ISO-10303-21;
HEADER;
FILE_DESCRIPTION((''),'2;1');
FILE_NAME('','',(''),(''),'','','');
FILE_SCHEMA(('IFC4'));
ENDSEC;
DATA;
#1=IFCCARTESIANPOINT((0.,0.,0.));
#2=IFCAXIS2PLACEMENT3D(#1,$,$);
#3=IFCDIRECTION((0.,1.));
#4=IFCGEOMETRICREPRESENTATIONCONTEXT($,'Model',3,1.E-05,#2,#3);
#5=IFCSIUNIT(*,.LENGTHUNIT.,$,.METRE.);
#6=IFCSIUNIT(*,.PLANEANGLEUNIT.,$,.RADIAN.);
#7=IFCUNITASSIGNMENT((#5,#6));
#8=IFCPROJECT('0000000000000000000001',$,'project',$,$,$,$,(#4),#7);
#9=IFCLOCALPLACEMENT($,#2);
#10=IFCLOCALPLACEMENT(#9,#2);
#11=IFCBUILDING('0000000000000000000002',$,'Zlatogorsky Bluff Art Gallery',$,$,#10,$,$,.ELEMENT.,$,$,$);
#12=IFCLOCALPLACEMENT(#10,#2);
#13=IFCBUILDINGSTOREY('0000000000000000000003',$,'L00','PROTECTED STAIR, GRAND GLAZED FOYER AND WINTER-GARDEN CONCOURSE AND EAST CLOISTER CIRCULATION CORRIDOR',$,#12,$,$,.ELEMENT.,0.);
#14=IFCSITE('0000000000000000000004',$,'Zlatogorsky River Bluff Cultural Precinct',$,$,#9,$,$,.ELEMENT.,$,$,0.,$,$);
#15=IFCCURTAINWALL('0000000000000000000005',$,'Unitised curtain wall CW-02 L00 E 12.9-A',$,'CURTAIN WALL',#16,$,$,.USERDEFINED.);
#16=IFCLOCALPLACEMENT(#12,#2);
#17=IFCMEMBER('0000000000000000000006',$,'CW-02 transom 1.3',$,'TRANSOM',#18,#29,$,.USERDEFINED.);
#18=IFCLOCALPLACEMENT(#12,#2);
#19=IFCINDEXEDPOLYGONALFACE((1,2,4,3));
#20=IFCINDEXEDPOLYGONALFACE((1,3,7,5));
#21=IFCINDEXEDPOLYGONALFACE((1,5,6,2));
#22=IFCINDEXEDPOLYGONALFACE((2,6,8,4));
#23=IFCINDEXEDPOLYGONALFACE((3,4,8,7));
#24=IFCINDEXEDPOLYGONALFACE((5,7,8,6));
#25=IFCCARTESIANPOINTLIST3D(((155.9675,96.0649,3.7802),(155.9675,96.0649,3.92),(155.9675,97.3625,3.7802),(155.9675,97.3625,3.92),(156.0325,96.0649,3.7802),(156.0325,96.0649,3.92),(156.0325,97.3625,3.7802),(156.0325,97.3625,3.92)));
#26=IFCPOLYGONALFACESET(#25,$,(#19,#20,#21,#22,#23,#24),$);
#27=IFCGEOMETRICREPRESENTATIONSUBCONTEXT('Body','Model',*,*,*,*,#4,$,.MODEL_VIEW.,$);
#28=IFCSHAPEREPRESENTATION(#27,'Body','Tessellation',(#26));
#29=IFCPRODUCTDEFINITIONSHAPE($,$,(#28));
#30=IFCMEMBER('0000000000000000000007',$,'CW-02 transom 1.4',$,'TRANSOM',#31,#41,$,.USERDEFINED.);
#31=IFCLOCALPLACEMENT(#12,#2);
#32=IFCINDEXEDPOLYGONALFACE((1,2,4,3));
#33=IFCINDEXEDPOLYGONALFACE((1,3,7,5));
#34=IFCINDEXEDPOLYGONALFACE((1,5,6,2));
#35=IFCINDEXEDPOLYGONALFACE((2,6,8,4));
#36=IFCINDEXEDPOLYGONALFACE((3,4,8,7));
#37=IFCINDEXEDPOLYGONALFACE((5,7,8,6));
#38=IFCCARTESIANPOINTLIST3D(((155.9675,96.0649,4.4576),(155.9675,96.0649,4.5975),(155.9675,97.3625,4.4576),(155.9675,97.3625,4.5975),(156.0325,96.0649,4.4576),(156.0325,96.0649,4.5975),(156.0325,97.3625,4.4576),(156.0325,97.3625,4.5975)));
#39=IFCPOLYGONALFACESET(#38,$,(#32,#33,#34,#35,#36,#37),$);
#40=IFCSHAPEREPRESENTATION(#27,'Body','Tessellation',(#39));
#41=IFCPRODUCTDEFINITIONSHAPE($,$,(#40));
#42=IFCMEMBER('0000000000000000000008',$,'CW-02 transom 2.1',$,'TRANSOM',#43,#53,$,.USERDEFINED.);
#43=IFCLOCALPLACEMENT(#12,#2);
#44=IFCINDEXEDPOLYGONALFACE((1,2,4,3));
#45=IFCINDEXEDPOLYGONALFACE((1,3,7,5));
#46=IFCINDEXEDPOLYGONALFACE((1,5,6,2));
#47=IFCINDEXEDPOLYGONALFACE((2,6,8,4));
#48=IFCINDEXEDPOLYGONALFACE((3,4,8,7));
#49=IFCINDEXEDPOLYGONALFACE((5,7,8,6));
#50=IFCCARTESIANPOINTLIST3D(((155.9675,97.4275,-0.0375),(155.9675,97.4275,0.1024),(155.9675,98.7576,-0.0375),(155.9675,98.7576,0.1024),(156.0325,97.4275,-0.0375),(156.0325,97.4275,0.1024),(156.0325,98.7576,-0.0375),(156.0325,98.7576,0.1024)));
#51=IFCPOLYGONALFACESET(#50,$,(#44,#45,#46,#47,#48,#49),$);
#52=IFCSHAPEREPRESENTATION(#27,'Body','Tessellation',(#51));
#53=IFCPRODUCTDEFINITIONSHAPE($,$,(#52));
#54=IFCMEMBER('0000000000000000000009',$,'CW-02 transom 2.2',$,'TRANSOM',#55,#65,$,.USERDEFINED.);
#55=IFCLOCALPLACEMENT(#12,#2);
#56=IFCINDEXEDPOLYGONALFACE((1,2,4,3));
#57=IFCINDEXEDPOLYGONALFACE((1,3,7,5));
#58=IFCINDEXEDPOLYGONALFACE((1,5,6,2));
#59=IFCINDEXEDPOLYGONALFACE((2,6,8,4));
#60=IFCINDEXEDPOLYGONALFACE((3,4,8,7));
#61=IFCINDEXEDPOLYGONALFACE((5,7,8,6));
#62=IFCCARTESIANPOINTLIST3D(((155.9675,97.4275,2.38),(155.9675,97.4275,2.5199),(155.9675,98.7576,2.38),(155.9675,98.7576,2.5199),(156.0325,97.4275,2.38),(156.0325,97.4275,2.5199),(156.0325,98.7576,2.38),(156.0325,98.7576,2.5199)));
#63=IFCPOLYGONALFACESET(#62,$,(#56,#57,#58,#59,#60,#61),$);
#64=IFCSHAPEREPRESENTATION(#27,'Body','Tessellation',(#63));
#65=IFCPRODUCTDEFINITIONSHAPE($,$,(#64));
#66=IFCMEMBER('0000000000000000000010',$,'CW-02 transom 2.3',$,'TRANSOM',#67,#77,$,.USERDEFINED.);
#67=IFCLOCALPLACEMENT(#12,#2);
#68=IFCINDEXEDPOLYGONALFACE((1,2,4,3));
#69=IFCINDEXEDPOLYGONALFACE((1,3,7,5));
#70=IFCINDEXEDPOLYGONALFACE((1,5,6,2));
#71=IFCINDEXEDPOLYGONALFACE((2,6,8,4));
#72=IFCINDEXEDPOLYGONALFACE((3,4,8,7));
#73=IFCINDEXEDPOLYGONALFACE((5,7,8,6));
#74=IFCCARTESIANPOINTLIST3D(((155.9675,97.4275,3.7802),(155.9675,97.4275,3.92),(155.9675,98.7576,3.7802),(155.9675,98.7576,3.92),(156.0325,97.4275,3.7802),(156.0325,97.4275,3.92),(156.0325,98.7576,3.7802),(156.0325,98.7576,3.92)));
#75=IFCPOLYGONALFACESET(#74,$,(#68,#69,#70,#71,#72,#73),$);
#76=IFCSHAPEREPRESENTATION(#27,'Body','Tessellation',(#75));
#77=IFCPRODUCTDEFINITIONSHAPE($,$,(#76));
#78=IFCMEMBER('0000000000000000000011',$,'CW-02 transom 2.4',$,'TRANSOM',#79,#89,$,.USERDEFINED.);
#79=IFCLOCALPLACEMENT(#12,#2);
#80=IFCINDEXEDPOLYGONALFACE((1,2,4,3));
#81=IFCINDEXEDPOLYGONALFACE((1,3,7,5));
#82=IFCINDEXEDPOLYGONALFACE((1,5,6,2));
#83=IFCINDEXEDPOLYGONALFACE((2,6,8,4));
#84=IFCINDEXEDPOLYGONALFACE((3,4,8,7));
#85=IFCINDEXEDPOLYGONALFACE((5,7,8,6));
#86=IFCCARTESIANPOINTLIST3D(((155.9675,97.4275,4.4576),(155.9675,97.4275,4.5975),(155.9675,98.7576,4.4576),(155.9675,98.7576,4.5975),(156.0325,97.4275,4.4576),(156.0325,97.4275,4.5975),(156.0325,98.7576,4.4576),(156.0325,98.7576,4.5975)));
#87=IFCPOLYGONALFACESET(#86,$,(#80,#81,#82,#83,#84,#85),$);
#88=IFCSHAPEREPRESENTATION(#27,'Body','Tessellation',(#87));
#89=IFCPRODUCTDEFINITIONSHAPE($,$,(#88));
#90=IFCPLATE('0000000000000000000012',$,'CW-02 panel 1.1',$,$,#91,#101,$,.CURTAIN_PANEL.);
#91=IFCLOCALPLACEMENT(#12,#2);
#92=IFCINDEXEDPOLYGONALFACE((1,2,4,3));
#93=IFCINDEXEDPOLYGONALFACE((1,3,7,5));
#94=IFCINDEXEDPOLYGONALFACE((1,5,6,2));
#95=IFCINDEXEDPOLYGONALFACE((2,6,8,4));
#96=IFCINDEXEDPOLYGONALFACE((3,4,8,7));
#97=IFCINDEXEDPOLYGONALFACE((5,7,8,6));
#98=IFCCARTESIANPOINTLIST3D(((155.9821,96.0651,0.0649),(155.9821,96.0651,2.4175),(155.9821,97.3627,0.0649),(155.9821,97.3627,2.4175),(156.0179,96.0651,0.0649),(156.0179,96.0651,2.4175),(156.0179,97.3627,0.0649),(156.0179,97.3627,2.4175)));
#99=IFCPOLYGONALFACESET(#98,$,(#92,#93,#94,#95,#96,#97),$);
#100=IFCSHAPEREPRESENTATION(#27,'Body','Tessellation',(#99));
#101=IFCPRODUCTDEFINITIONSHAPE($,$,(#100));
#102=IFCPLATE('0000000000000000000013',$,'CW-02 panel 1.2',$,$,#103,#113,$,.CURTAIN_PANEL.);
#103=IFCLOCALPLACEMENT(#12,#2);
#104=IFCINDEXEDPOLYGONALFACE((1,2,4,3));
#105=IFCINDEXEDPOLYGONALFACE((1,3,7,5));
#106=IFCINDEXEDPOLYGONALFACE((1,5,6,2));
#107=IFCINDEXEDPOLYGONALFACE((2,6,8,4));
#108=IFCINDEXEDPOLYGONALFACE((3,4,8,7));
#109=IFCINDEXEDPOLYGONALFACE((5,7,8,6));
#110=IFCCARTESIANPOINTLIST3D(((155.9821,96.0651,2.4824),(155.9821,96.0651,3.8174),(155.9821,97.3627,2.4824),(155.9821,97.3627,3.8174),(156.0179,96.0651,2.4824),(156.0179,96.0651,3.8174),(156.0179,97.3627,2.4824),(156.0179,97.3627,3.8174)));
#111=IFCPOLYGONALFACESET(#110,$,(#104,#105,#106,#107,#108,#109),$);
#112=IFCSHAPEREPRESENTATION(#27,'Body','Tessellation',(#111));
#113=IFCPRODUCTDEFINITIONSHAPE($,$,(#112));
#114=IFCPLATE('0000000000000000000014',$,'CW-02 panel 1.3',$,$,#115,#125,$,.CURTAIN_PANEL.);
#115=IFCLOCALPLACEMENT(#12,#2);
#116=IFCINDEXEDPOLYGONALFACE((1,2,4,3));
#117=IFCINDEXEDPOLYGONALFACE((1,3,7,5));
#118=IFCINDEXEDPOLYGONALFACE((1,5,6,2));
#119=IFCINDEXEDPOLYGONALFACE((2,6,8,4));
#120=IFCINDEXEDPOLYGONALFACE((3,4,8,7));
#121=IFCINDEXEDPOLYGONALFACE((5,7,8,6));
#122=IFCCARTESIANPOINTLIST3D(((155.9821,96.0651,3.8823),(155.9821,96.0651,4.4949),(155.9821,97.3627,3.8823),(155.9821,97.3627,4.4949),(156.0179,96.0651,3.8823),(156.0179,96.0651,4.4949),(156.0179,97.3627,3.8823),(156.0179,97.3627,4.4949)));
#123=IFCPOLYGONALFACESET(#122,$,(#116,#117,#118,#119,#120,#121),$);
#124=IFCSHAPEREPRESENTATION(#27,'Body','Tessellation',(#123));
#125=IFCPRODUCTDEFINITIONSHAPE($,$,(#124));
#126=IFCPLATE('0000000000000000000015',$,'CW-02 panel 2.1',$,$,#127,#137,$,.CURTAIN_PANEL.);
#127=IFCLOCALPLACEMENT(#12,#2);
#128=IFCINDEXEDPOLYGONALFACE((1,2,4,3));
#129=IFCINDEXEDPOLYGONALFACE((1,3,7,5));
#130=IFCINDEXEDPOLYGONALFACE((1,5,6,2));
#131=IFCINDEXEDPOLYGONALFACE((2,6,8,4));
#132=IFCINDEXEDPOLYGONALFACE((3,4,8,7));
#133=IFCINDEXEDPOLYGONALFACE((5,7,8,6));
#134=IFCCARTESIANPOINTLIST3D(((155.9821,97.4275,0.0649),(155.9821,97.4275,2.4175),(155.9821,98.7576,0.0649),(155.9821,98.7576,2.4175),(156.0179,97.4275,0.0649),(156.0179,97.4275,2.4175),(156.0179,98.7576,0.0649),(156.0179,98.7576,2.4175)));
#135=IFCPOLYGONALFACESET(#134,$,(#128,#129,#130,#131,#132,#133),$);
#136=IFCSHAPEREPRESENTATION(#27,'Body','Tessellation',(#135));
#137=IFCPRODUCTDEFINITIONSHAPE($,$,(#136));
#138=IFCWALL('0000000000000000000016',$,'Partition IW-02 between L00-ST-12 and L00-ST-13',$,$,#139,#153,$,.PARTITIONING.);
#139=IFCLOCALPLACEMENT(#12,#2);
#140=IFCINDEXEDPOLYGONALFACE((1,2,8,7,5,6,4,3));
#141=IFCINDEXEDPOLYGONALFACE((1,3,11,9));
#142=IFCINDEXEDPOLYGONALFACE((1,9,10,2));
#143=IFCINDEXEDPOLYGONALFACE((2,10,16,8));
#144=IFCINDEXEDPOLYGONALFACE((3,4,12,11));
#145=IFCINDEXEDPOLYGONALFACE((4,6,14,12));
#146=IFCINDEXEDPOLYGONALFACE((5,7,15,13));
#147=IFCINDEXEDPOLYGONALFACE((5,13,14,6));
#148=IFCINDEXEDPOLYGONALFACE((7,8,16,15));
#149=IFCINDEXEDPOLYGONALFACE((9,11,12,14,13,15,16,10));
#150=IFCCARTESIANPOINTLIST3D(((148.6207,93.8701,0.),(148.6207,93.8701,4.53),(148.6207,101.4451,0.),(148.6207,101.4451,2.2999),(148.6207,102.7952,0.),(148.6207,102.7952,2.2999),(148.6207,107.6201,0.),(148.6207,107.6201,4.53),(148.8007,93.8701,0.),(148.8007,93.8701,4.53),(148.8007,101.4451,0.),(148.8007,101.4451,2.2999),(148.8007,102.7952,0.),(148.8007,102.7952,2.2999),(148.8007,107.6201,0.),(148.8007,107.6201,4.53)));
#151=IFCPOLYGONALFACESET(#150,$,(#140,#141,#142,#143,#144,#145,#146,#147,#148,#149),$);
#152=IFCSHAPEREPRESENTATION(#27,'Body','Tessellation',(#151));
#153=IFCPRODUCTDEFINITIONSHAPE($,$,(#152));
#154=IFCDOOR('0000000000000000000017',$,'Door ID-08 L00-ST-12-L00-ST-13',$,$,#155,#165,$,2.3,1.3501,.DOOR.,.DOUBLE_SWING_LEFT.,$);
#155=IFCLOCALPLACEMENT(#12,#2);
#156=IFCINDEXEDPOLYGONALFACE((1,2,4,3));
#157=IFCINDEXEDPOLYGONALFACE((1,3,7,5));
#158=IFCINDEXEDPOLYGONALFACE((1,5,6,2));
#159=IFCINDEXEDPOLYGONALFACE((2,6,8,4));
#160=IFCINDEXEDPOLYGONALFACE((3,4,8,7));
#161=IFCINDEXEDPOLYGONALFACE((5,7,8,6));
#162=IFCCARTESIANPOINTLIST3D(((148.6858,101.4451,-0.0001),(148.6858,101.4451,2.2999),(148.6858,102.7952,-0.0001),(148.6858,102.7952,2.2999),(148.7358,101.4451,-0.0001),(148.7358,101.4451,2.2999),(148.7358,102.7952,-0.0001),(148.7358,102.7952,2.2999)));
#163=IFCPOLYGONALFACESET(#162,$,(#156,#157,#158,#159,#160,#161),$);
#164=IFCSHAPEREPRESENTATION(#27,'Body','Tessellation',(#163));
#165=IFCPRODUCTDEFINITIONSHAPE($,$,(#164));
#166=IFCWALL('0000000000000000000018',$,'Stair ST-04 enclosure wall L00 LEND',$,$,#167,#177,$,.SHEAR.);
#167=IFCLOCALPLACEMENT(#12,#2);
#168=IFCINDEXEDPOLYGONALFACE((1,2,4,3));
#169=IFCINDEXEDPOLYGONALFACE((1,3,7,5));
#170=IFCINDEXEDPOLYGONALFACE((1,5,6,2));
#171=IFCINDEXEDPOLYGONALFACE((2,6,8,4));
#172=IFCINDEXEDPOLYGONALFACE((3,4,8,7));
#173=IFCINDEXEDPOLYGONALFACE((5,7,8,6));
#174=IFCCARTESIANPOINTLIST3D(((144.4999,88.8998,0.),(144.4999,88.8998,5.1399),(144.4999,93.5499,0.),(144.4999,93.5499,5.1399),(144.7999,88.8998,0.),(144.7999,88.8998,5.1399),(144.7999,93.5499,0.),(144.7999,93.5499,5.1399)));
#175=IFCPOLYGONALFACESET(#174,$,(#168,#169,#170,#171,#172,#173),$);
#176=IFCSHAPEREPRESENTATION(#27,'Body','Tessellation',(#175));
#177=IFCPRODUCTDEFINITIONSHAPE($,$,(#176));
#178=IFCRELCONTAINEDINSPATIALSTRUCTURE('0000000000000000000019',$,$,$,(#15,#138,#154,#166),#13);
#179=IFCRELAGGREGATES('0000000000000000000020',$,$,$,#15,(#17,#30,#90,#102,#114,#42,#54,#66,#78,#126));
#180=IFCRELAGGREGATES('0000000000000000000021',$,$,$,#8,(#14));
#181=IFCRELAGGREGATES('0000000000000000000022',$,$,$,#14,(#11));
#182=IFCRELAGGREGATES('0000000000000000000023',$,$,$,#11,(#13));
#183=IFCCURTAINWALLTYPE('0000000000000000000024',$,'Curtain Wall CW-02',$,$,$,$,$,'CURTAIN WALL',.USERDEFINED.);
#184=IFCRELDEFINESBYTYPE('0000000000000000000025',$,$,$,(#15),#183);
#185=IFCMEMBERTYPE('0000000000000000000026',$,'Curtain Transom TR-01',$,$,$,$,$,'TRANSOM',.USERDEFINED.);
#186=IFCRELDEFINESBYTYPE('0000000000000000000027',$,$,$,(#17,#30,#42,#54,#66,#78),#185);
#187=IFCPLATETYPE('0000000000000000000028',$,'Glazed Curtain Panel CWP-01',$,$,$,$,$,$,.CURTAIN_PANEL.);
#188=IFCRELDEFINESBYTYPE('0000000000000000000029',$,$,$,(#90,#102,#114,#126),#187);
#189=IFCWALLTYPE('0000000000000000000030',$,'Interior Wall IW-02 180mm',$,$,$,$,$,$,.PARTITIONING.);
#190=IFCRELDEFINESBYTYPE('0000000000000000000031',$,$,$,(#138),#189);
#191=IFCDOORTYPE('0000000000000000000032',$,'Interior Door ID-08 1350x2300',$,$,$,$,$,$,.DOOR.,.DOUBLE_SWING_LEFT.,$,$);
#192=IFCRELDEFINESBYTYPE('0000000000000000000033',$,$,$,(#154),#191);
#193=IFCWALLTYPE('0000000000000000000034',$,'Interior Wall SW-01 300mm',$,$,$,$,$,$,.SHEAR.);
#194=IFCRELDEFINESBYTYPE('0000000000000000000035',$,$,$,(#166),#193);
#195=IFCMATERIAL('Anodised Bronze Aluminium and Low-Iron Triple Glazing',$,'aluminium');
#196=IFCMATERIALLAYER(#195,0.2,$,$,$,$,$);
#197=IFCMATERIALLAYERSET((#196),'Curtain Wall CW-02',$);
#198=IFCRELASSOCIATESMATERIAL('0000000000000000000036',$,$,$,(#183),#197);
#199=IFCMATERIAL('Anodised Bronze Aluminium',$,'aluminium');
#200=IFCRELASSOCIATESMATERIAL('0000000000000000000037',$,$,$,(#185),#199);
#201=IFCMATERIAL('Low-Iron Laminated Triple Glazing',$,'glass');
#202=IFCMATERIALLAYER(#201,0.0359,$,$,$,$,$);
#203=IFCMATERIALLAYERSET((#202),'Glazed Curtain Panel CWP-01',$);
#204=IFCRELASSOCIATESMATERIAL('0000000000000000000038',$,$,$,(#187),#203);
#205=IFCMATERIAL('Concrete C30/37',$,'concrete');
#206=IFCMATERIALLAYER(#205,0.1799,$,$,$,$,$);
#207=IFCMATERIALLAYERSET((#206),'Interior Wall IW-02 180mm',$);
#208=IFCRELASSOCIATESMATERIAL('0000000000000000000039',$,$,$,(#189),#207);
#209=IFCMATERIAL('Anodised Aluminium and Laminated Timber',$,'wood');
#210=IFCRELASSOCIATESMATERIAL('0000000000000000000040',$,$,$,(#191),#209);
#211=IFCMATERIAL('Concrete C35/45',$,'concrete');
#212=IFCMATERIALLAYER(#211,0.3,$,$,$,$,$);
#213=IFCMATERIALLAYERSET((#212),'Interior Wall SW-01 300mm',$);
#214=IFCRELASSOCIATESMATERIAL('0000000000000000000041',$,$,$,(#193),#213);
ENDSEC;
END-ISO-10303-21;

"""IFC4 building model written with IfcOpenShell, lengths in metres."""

from ifc_helpers import new_model, si_unit, direction, frame, frame_2d, origin, origin_2d, place, context, subcontext, project, spatial, rectangle, extrude, material, layer, layer_set, material_profile, profile_set, type_object, element, fill, aggregate, save


model = new_model("IFC4")

# Units and contexts
model_context = context("Model", 3, precision=1e-05, world=origin(), true_north=direction((0.0, 1.0)))
body_context = subcontext(model_context, "Body", "Model", "MODEL_VIEW")
ifc_project = project(units=[si_unit("LENGTHUNIT", "METRE"), si_unit("PLANEANGLEUNIT", "RADIAN")], contexts=[model_context])

# Site, building, storey
site_placement = place(None, origin())
site = spatial("IfcSite", under=ifc_project, at=site_placement, Name="Zlatogorsky River Bluff Cultural Precinct", CompositionType="ELEMENT", RefElevation=0.0)
building_placement = place(site_placement, origin())
building = spatial("IfcBuilding", under=site, at=building_placement, Name="Zlatogorsky Bluff Art Gallery", CompositionType="ELEMENT")
storey_placement = place(building_placement, origin())
storey = spatial("IfcBuildingStorey", under=building, at=storey_placement, Name="L00", Description="PROTECTED STAIR, GRAND GLAZED FOYER AND WINTER-GARDEN CONCOURSE AND EAST CLOISTER CIRCULATION CORRIDOR", CompositionType="ELEMENT", Elevation=0.0)

# Curtain wall, members, plates
ifc_material_1 = material(Name="Anodised Bronze Aluminium and Low-Iron Triple Glazing", Category="aluminium")
ifc_layer_1 = layer(ifc_material_1, 0.2)
ifc_layer_set_1 = layer_set([ifc_layer_1], Name="Curtain Wall CW-02")
curtain_wall_type = type_object("IfcCurtainWallType", Name="Curtain Wall CW-02", ElementType="CURTAIN WALL", PredefinedType="USERDEFINED", material=ifc_layer_set_1)
curtain_wall_placement = place(storey_placement, origin())
curtain_wall = element("IfcCurtainWall", 1, at=curtain_wall_placement, inside=storey, type_object=curtain_wall_type, Name="Unitised curtain wall CW-02 L00 E 12.9-A", ObjectType="CURTAIN WALL", PredefinedType="USERDEFINED")
ifc_material_2 = material(Name="Anodised Bronze Aluminium", Category="aluminium")
ifc_material_profile_1 = material_profile(ifc_material_2, rectangle(XDim=0.0649, YDim=0.1399, at=origin_2d()), Name="ALU TRANSOM 65x140")
ifc_profile_set_1 = profile_set([ifc_material_profile_1], Name="Anodised Bronze Aluminium")
member_type_1 = type_object("IfcMemberType", Name="Curtain Transom TR-01", ElementType="TRANSOM", PredefinedType="USERDEFINED", material=ifc_profile_set_1)
member_1_placement = place(storey_placement, frame((156.0, 96.0649, 3.8501), z_axis=(0.0, 1.0, 0.0), x_axis=(-1.0, 0.0, 0.0)))
member_1 = element("IfcMember", 2, at=member_1_placement, type_object=member_type_1, Name="CW-02 transom 1.3", ObjectType="TRANSOM", PredefinedType="USERDEFINED", context=body_context, shape_type="SweptSolid", body=[
    extrude(rectangle(XDim=0.0649, YDim=0.1399, at=origin_2d()), origin(), (0.0, 0.0, 1.0), 1.2976),
])
member_2_placement = place(storey_placement, frame((156.0, 96.0649, 4.5276), z_axis=(0.0, 1.0, 0.0), x_axis=(-1.0, 0.0, 0.0)))
member_2 = element("IfcMember", 3, at=member_2_placement, type_object=member_type_1, Name="CW-02 transom 1.4", ObjectType="TRANSOM", PredefinedType="USERDEFINED", context=body_context, shape_type="SweptSolid", body=[
    extrude(rectangle(XDim=0.0649, YDim=0.1399, at=origin_2d()), origin(), (0.0, 0.0, 1.0), 1.2976),
])
member_3_placement = place(storey_placement, frame((156.0, 97.4275, 0.0325), z_axis=(0.0, 1.0, 0.0), x_axis=(-1.0, 0.0, 0.0)))
member_3 = element("IfcMember", 4, at=member_3_placement, type_object=member_type_1, Name="CW-02 transom 2.1", ObjectType="TRANSOM", PredefinedType="USERDEFINED", context=body_context, shape_type="SweptSolid", body=[
    extrude(rectangle(XDim=0.0649, YDim=0.1399, at=origin_2d()), origin(), (0.0, 0.0, 1.0), 1.3301),
])
member_4_placement = place(storey_placement, frame((156.0, 97.4275, 2.45), z_axis=(0.0, 1.0, 0.0), x_axis=(-1.0, 0.0, 0.0)))
member_4 = element("IfcMember", 5, at=member_4_placement, type_object=member_type_1, Name="CW-02 transom 2.2", ObjectType="TRANSOM", PredefinedType="USERDEFINED", context=body_context, shape_type="SweptSolid", body=[
    extrude(rectangle(XDim=0.0649, YDim=0.1399, at=origin_2d()), origin(), (0.0, 0.0, 1.0), 1.3301),
])
member_5_placement = place(storey_placement, frame((156.0, 97.4275, 3.8501), z_axis=(0.0, 1.0, 0.0), x_axis=(-1.0, 0.0, 0.0)))
member_5 = element("IfcMember", 6, at=member_5_placement, type_object=member_type_1, Name="CW-02 transom 2.3", ObjectType="TRANSOM", PredefinedType="USERDEFINED", context=body_context, shape_type="SweptSolid", body=[
    extrude(rectangle(XDim=0.0649, YDim=0.1399, at=origin_2d()), origin(), (0.0, 0.0, 1.0), 1.3301),
])
member_6_placement = place(storey_placement, frame((156.0, 97.4275, 4.5276), z_axis=(0.0, 1.0, 0.0), x_axis=(-1.0, 0.0, 0.0)))
member_6 = element("IfcMember", 7, at=member_6_placement, type_object=member_type_1, Name="CW-02 transom 2.4", ObjectType="TRANSOM", PredefinedType="USERDEFINED", context=body_context, shape_type="SweptSolid", body=[
    extrude(rectangle(XDim=0.0649, YDim=0.1399, at=origin_2d()), origin(), (0.0, 0.0, 1.0), 1.3301),
])
ifc_material_3 = material(Name="Low-Iron Laminated Triple Glazing", Category="glass")
ifc_layer_2 = layer(ifc_material_3, 0.0359)
ifc_layer_set_2 = layer_set([ifc_layer_2], Name="Glazed Curtain Panel CWP-01")
plate_type = type_object("IfcPlateType", Name="Glazed Curtain Panel CWP-01", PredefinedType="CURTAIN_PANEL", material=ifc_layer_set_2)
plate_1_placement = place(storey_placement, frame((156.0, 96.7139, 0.0649), z_axis=(0.0, 0.0, 1.0), x_axis=(0.0, 1.0, 0.0)))
plate_1 = element("IfcPlate", 8, at=plate_1_placement, type_object=plate_type, Name="CW-02 panel 1.1", PredefinedType="CURTAIN_PANEL", context=body_context, shape_type="SweptSolid", body=[
    extrude(rectangle(XDim=1.2976, YDim=0.0359, at=origin_2d()), origin(), (0.0, 0.0, 1.0), 2.3525),
])
plate_2_placement = place(storey_placement, frame((156.0, 96.7139, 2.4824), z_axis=(0.0, 0.0, 1.0), x_axis=(0.0, 1.0, 0.0)))
plate_2 = element("IfcPlate", 9, at=plate_2_placement, type_object=plate_type, Name="CW-02 panel 1.2", PredefinedType="CURTAIN_PANEL", context=body_context, shape_type="SweptSolid", body=[
    extrude(rectangle(XDim=1.2976, YDim=0.0359, at=origin_2d()), origin(), (0.0, 0.0, 1.0), 1.335),
])
plate_3_placement = place(storey_placement, frame((156.0, 96.7139, 3.8823), z_axis=(0.0, 0.0, 1.0), x_axis=(0.0, 1.0, 0.0)))
plate_3 = element("IfcPlate", 10, at=plate_3_placement, type_object=plate_type, Name="CW-02 panel 1.3", PredefinedType="CURTAIN_PANEL", context=body_context, shape_type="SweptSolid", body=[
    extrude(rectangle(XDim=1.2976, YDim=0.0359, at=origin_2d()), origin(), (0.0, 0.0, 1.0), 0.6125),
])
plate_4_placement = place(storey_placement, frame((156.0, 98.0925, 0.0649), z_axis=(0.0, 0.0, 1.0), x_axis=(0.0, 1.0, 0.0)))
plate_4 = element("IfcPlate", 11, at=plate_4_placement, type_object=plate_type, Name="CW-02 panel 2.1", PredefinedType="CURTAIN_PANEL", context=body_context, shape_type="SweptSolid", body=[
    extrude(rectangle(XDim=1.3301, YDim=0.0359, at=origin_2d()), origin(), (0.0, 0.0, 1.0), 2.3525),
])
aggregate(curtain_wall, [member_1, member_2, plate_1, plate_2, plate_3, member_3, member_4, member_5, member_6, plate_4])

# Wall, opening, door
ifc_material_4 = material(Name="Concrete C30/37", Category="concrete")
ifc_layer_3 = layer(ifc_material_4, 0.1799)
ifc_layer_set_3 = layer_set([ifc_layer_3], Name="Interior Wall IW-02 180mm")
wall_type_1 = type_object("IfcWallType", Name="Interior Wall IW-02 180mm", PredefinedType="PARTITIONING", material=ifc_layer_set_3)
wall_1_placement = place(storey_placement, frame((148.7107, 93.8701, 0.0), z_axis=(0.0, 0.0, 1.0), x_axis=(0.0, 1.0, 0.0)))
wall_1 = element("IfcWall", 12, at=wall_1_placement, inside=storey, type_object=wall_type_1, Name="Partition IW-02 between L00-ST-12 and L00-ST-13", PredefinedType="PARTITIONING", context=body_context, shape_type="SweptSolid", body=[
    extrude(rectangle(XDim=13.75, YDim=0.1799, at=frame_2d((6.875, 0.0))), origin(), (0.0, 0.0, 1.0), 4.53),
])
opening_placement = place(wall_1_placement, frame((7.575, 0.0, 0.0)))
opening = element("IfcOpeningElement", 13, at=opening_placement, cuts=wall_1, PredefinedType="OPENING", context=body_context, shape_type="SweptSolid", body=[
    extrude(rectangle(XDim=1.3501, YDim=2.3, at=frame_2d((0.675, 1.1499))), frame((0.0, 0.0999, 0.0), z_axis=(0.0, -1.0, 0.0), x_axis=(1.0, 0.0, 0.0)), (0.0, 0.0, 1.0), 0.2),
])
ifc_material_5 = material(Name="Anodised Aluminium and Laminated Timber", Category="wood")
door_type = type_object("IfcDoorType", Name="Interior Door ID-08 1350x2300", OperationType="DOUBLE_SWING_LEFT", PredefinedType="DOOR", material=ifc_material_5)
door_placement = place(opening_placement, origin())
door = element("IfcDoor", 14, at=door_placement, inside=storey, type_object=door_type, Name="Door ID-08 L00-ST-12-L00-ST-13", OperationType="DOUBLE_SWING_LEFT", OverallHeight=2.3, OverallWidth=1.3501, PredefinedType="DOOR", context=body_context, shape_type="SweptSolid", body=[
    extrude(rectangle(XDim=1.3501, YDim=2.3, at=frame_2d((0.675, 1.1499))), frame((0.0, 0.0249, 0.0), z_axis=(0.0, -1.0, 0.0), x_axis=(1.0, 0.0, 0.0)), (0.0, 0.0, 1.0), 0.05),
])
fill(opening, door)

# Wall
ifc_material_6 = material(Name="Concrete C35/45", Category="concrete")
ifc_layer_4 = layer(ifc_material_6, 0.3)
ifc_layer_set_4 = layer_set([ifc_layer_4], Name="Interior Wall SW-01 300mm")
wall_type_2 = type_object("IfcWallType", Name="Interior Wall SW-01 300mm", PredefinedType="SHEAR", material=ifc_layer_set_4)
wall_2_placement = place(storey_placement, frame((144.6499, 93.55, 0.0), z_axis=(0.0, 0.0, 1.0), x_axis=(0.0, -1.0, 0.0)))
element("IfcWall", 15, at=wall_2_placement, inside=storey, type_object=wall_type_2, Name="Stair ST-04 enclosure wall L00 LEND", PredefinedType="SHEAR", context=body_context, shape_type="SweptSolid", body=[
    extrude(rectangle(XDim=4.6501, YDim=0.3, at=frame_2d((2.3252, 0.0))), origin(), (0.0, 0.0, 1.0), 5.1399),
])

save(model, "model.ifc")
